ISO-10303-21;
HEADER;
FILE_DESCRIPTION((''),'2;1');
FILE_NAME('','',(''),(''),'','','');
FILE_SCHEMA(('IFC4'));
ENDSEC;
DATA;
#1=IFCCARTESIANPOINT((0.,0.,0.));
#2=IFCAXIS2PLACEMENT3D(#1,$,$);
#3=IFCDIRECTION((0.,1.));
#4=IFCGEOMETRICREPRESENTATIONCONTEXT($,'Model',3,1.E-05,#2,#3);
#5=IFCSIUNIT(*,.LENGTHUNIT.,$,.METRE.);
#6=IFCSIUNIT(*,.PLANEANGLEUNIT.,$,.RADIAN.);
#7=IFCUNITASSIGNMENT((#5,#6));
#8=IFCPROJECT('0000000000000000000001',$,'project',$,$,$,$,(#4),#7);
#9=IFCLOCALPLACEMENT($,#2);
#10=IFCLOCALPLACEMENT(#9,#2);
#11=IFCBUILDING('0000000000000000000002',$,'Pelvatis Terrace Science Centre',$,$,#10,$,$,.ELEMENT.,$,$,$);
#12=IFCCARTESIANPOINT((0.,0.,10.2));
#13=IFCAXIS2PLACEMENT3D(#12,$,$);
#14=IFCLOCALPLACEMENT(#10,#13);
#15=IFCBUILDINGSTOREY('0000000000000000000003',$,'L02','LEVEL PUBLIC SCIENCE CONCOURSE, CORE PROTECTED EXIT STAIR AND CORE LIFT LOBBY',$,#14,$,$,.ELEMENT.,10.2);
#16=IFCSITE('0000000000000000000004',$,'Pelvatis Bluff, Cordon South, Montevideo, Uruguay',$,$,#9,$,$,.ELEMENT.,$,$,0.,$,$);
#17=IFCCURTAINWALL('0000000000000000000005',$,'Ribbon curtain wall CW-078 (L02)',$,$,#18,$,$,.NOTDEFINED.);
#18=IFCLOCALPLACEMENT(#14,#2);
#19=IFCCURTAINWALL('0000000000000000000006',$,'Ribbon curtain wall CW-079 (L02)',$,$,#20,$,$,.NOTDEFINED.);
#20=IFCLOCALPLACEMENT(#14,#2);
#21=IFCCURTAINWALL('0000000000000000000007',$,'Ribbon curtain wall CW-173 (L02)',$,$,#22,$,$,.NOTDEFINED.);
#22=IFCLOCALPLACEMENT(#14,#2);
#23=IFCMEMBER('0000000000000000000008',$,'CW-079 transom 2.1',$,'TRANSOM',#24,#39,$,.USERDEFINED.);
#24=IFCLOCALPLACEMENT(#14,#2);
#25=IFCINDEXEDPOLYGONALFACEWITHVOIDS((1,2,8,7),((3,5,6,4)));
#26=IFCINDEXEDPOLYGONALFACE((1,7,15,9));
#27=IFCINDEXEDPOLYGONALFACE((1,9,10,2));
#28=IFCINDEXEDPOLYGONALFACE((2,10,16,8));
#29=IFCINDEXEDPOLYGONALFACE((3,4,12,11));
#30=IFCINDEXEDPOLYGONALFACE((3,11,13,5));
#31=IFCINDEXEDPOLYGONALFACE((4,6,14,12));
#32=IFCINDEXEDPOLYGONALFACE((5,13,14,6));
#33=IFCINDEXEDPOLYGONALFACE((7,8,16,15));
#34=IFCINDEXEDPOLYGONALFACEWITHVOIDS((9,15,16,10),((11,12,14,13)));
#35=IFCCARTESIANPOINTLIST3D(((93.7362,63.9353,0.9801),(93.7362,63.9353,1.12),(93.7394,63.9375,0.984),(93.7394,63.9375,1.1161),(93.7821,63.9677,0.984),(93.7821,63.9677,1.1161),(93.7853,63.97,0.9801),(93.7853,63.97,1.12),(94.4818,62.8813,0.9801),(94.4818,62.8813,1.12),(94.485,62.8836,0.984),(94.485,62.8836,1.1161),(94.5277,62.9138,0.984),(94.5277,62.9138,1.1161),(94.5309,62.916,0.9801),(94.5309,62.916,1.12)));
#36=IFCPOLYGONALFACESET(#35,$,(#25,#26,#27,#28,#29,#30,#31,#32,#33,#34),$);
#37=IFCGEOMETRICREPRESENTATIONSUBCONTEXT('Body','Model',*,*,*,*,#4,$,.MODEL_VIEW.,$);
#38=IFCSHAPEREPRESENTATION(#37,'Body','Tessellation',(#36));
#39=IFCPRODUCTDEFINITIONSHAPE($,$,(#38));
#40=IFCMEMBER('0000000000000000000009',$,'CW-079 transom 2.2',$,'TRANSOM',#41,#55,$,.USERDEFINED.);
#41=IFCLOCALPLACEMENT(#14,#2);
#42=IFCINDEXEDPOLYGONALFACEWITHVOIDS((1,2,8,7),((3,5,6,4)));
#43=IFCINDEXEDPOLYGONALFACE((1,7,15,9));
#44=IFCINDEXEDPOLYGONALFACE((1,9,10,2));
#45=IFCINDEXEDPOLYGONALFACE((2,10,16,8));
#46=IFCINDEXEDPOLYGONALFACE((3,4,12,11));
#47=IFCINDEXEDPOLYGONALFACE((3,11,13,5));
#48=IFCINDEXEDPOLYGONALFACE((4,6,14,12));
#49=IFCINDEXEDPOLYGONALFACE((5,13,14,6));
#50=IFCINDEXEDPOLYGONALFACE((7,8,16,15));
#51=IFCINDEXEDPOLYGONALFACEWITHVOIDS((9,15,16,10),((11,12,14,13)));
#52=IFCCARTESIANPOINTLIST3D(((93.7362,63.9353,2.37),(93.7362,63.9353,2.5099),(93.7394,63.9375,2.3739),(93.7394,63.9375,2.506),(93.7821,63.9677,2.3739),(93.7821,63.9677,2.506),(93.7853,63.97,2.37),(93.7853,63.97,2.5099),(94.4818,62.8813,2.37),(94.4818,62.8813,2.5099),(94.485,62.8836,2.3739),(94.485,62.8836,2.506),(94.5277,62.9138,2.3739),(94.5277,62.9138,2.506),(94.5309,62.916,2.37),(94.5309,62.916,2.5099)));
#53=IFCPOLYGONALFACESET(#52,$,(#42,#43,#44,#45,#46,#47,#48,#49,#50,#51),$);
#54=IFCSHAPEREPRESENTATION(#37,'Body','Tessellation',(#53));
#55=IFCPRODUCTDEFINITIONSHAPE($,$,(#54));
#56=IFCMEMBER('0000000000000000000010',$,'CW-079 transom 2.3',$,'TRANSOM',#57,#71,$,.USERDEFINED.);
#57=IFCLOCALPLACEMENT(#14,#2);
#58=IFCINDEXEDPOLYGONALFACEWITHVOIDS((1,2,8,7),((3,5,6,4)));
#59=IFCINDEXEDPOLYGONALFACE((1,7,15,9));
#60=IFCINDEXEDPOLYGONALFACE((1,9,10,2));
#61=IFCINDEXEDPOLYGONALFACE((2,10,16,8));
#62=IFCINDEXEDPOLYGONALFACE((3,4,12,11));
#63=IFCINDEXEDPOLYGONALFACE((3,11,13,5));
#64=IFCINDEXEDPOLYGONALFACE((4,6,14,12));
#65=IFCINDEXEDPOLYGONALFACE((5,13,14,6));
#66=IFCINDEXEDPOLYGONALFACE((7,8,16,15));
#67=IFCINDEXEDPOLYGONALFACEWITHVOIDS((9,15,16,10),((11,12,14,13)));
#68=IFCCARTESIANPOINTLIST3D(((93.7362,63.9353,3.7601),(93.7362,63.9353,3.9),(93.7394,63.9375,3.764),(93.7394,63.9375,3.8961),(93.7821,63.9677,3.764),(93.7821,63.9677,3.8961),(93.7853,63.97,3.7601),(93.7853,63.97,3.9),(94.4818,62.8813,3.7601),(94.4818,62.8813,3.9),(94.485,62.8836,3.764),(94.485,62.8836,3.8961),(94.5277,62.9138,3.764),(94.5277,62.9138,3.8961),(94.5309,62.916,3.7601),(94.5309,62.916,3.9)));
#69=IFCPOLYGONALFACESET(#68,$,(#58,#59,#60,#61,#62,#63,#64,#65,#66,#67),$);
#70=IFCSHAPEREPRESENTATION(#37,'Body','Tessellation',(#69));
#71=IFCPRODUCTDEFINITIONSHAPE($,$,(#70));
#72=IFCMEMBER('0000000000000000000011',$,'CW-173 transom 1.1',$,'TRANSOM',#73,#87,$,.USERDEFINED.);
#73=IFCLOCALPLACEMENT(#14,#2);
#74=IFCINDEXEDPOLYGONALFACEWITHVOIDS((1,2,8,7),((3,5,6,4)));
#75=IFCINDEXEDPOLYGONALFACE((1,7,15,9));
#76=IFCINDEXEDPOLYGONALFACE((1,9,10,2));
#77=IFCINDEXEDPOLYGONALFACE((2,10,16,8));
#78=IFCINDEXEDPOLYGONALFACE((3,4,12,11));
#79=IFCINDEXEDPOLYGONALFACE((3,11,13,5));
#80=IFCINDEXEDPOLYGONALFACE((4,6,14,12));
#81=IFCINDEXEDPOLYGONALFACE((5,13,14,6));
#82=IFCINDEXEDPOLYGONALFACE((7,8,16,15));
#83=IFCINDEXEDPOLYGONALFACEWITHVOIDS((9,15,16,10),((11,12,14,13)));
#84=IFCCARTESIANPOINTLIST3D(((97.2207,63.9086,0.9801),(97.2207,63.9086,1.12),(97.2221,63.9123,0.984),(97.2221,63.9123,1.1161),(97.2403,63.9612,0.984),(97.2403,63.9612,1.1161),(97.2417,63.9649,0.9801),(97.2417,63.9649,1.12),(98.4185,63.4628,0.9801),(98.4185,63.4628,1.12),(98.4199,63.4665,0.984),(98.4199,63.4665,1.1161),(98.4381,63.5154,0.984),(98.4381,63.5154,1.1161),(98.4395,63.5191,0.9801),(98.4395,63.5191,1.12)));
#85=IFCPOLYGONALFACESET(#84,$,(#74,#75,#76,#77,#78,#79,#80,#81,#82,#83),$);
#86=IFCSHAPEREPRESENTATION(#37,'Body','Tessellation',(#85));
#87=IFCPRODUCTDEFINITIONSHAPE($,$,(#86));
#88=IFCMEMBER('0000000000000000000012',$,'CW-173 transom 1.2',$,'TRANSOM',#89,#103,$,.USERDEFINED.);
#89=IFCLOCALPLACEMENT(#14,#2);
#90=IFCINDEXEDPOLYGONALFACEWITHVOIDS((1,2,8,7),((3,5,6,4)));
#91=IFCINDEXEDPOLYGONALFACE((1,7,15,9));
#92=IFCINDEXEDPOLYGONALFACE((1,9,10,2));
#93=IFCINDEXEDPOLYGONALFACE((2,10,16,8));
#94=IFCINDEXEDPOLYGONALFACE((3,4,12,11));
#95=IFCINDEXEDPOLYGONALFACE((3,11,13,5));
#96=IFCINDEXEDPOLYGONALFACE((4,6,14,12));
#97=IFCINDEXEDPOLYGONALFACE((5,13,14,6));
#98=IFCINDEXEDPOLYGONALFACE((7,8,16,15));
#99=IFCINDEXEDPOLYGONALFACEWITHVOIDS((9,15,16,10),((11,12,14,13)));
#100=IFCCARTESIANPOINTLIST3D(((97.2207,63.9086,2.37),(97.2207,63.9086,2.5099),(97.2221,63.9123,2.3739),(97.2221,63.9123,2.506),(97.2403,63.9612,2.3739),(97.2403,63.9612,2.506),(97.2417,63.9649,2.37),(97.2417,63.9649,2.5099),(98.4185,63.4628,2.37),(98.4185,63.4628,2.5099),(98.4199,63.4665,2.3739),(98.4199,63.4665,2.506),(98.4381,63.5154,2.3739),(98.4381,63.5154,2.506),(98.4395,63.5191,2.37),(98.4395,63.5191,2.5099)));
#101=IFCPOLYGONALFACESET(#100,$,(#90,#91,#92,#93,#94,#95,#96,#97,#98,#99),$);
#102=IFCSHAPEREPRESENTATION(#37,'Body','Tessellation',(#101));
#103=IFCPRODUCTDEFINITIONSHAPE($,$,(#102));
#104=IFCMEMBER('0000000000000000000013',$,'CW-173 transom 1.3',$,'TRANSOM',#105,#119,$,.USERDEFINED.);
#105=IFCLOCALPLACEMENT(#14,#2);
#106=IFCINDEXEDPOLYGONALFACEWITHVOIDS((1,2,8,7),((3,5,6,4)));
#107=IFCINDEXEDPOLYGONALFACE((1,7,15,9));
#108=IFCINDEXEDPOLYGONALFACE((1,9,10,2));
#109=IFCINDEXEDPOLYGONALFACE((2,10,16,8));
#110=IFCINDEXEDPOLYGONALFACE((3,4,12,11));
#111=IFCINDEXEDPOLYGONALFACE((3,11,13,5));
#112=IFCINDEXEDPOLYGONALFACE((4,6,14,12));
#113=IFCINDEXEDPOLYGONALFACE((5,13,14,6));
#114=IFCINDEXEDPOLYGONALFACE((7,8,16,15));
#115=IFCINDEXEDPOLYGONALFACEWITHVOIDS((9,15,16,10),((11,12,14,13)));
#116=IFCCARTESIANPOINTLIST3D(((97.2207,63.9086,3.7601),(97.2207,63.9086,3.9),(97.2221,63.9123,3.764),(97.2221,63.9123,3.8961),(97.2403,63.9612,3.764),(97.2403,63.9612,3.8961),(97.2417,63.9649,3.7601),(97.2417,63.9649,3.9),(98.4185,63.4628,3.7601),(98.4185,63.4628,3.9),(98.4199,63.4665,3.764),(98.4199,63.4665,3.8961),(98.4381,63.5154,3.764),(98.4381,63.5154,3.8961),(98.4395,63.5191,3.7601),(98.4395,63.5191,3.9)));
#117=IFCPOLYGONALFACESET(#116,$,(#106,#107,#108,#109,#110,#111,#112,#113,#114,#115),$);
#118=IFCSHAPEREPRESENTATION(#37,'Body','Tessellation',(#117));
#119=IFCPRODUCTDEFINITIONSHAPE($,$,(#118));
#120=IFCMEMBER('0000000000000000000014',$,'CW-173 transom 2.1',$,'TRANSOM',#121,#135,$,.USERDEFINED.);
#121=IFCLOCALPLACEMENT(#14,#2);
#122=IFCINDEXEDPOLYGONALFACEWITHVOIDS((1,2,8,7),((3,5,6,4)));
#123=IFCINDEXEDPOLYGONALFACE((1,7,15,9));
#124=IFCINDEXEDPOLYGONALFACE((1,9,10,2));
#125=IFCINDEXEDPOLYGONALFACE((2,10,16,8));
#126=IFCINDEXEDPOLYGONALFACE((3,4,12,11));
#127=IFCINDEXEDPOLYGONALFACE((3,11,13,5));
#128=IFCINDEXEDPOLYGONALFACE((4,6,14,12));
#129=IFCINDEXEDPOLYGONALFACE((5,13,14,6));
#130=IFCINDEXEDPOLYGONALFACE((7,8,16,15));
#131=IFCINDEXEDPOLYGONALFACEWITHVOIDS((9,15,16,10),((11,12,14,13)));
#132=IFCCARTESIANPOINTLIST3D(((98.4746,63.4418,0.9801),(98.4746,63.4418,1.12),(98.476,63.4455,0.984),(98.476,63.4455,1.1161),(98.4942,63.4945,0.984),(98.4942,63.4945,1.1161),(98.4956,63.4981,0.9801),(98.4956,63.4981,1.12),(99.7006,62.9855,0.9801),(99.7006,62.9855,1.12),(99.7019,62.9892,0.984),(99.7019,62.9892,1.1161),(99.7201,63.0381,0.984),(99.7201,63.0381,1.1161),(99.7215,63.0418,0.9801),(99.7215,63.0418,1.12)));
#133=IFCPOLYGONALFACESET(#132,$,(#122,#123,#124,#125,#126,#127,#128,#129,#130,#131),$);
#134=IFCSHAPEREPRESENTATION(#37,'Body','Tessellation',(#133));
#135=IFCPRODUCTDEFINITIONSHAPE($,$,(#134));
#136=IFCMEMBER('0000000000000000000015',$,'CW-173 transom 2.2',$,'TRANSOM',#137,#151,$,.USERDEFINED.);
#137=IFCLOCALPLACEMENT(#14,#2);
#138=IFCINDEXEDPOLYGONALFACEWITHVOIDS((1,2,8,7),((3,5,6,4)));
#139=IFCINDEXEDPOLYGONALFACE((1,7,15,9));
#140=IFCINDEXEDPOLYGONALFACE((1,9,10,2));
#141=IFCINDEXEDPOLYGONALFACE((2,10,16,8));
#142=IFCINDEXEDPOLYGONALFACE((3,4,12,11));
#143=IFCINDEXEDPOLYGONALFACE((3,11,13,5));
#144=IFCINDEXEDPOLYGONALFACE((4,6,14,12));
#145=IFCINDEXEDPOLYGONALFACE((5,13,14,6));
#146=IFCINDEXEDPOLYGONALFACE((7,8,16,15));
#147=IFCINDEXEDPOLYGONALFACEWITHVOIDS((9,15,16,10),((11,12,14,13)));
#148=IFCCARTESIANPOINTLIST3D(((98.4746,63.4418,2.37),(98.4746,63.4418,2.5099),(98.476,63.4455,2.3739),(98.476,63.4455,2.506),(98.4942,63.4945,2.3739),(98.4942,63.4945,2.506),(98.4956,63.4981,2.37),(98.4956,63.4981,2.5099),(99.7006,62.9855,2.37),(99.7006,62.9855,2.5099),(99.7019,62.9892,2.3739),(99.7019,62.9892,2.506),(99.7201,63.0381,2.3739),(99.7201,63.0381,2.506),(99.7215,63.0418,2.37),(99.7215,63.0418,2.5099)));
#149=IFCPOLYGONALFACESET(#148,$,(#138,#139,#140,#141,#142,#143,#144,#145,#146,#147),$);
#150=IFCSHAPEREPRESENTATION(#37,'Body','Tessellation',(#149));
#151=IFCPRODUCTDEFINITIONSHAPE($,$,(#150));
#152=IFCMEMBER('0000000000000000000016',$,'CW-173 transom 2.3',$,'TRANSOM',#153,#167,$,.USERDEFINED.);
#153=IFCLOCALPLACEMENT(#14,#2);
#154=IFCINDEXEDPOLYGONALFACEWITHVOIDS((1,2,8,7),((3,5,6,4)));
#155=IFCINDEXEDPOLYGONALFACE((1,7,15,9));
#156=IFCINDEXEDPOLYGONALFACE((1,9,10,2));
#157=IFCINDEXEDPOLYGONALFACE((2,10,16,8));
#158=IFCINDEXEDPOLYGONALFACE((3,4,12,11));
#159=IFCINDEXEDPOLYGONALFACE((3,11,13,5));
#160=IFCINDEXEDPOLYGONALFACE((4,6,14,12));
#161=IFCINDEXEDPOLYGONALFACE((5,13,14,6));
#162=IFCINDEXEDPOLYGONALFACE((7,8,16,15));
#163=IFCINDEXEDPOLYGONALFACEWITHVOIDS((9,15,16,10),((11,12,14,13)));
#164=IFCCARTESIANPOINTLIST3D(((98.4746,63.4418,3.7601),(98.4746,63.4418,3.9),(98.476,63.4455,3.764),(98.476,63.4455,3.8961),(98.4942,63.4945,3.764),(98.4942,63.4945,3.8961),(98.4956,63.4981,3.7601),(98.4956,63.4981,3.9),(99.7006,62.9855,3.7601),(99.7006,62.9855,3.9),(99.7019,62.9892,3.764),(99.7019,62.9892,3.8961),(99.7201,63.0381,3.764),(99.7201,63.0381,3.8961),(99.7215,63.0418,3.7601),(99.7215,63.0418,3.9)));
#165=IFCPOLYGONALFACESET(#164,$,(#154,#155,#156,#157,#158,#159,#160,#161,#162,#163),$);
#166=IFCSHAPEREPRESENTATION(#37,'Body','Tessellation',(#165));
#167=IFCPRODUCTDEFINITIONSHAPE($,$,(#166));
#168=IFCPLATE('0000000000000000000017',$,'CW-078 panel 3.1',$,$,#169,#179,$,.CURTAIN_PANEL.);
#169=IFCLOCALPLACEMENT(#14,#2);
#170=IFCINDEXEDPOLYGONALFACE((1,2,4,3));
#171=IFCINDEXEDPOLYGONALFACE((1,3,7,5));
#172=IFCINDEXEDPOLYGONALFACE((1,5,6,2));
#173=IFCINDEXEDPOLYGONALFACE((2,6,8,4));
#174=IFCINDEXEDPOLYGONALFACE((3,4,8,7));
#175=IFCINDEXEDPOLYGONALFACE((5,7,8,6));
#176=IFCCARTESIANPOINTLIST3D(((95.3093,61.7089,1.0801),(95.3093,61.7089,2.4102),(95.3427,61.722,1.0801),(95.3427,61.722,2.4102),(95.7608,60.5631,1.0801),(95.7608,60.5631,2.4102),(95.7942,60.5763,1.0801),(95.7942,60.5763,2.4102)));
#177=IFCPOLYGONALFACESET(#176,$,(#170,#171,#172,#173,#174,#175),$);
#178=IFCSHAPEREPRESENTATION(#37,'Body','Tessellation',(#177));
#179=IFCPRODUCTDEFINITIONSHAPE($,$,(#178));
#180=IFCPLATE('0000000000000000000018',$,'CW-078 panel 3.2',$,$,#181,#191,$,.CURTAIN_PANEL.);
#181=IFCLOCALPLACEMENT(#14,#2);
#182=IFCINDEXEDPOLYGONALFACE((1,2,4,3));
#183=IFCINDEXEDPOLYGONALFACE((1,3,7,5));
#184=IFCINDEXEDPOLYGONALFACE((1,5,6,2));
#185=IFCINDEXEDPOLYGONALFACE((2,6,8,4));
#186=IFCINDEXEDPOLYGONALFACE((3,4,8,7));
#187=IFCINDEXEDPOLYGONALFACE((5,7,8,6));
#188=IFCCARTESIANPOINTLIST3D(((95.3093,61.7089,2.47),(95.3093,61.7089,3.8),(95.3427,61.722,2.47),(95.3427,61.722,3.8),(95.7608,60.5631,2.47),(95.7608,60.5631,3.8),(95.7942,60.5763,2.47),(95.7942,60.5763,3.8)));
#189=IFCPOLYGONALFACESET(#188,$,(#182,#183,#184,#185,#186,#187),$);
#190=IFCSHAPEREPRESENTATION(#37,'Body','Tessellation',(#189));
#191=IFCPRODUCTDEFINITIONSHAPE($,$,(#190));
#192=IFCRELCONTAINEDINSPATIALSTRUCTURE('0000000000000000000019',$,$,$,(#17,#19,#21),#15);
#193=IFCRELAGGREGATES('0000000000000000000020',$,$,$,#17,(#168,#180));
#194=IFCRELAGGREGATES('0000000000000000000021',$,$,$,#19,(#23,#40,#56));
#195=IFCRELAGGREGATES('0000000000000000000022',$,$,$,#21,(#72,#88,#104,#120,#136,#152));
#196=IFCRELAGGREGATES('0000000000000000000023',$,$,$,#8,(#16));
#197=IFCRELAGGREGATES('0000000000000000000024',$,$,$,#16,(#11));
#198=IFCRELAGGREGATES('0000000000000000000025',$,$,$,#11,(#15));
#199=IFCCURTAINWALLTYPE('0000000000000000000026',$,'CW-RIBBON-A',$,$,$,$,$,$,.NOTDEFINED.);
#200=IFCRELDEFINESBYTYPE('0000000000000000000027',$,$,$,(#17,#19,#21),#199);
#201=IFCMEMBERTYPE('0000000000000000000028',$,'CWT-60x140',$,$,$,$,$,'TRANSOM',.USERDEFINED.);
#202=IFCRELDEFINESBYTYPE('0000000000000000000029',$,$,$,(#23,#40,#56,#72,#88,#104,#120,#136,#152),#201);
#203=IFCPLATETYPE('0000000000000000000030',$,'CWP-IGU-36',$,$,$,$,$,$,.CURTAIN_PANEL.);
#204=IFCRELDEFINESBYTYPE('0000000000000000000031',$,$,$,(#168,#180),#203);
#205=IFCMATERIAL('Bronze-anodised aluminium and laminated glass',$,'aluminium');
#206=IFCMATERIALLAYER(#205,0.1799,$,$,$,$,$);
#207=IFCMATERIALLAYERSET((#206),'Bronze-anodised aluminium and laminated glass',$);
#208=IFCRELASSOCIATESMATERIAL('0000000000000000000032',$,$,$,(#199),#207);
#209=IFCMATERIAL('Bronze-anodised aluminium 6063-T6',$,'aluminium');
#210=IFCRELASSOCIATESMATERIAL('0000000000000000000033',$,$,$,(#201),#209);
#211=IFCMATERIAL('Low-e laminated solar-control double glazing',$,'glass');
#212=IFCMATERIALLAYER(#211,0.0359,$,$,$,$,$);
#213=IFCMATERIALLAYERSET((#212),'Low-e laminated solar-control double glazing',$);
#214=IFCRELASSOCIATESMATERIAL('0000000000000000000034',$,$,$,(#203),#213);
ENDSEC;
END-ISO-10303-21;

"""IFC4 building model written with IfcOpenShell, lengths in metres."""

from ifc_helpers import new_model, si_unit, direction, frame, origin, origin_2d, place, context, subcontext, project, spatial, rectangle, hollow_rectangle, extrude, material, layer, layer_set, material_profile, profile_set, type_object, element, aggregate, save


model = new_model("IFC4")

# Units and contexts
model_context = context("Model", 3, precision=1e-05, world=origin(), true_north=direction((0.0, 1.0)))
body_context = subcontext(model_context, "Body", "Model", "MODEL_VIEW")
ifc_project = project(units=[si_unit("LENGTHUNIT", "METRE"), si_unit("PLANEANGLEUNIT", "RADIAN")], contexts=[model_context])

# Site, building, storey
site_placement = place(None, origin())
site = spatial("IfcSite", under=ifc_project, at=site_placement, Name="Pelvatis Bluff, Cordon South, Montevideo, Uruguay", CompositionType="ELEMENT", RefElevation=0.0)
building_placement = place(site_placement, origin())
building = spatial("IfcBuilding", under=site, at=building_placement, Name="Pelvatis Terrace Science Centre", CompositionType="ELEMENT")
storey_placement = place(building_placement, frame((0.0, 0.0, 10.2)))
storey = spatial("IfcBuildingStorey", under=building, at=storey_placement, Name="L02", Description="LEVEL PUBLIC SCIENCE CONCOURSE, CORE PROTECTED EXIT STAIR AND CORE LIFT LOBBY", CompositionType="ELEMENT", Elevation=10.2)

# Curtain wall
ifc_material_1 = material(Name="Bronze-anodised aluminium and laminated glass", Category="aluminium")
ifc_layer_1 = layer(ifc_material_1, 0.1799)
ifc_layer_set_1 = layer_set([ifc_layer_1], Name="Bronze-anodised aluminium and laminated glass")
curtain_wall_type = type_object("IfcCurtainWallType", Name="CW-RIBBON-A", PredefinedType="NOTDEFINED", material=ifc_layer_set_1)
curtain_wall_1_placement = place(storey_placement, origin())
curtain_wall_1 = element("IfcCurtainWall", 1, at=curtain_wall_1_placement, inside=storey, type_object=curtain_wall_type, Name="Ribbon curtain wall CW-078 (L02)", PredefinedType="NOTDEFINED")

# Curtain walls
curtain_wall_2_placement = place(storey_placement, origin())
curtain_wall_2 = element("IfcCurtainWall", 2, at=curtain_wall_2_placement, inside=storey, type_object=curtain_wall_type, Name="Ribbon curtain wall CW-079 (L02)", PredefinedType="NOTDEFINED")
curtain_wall_3_placement = place(storey_placement, origin())
curtain_wall_3 = element("IfcCurtainWall", 3, at=curtain_wall_3_placement, inside=storey, type_object=curtain_wall_type, Name="Ribbon curtain wall CW-173 (L02)", PredefinedType="NOTDEFINED")

# Members
ifc_material_2 = material(Name="Bronze-anodised aluminium 6063-T6", Category="aluminium")
ifc_material_profile_1 = material_profile(ifc_material_2, hollow_rectangle(XDim=0.0601, YDim=0.1399, WallThickness=0.0039, at=origin_2d()), Name="ALU-TRN 60x140")
ifc_profile_set_1 = profile_set([ifc_material_profile_1], Name="Bronze-anodised aluminium 6063-T6")
member_type_1 = type_object("IfcMemberType", Name="CWT-60x140", ElementType="TRANSOM", PredefinedType="USERDEFINED", material=ifc_profile_set_1)
member_1_placement = place(storey_placement, frame((94.5063, 62.8987, 1.05), z_axis=(-0.577529, 0.81637, 0.0), x_axis=(-0.81637, -0.577529, 0.0)))
member_1 = element("IfcMember", 4, at=member_1_placement, type_object=member_type_1, Name="CW-079 transom 2.1", ObjectType="TRANSOM", PredefinedType="USERDEFINED", context=body_context, shape_type="SweptSolid", body=[
    extrude(hollow_rectangle(XDim=0.0601, YDim=0.1399, WallThickness=0.0039, at=origin_2d()), origin(), (0.0, 0.0, 1.0), 1.291),
])
member_2_placement = place(storey_placement, frame((94.5063, 62.8987, 2.4399), z_axis=(-0.577529, 0.81637, 0.0), x_axis=(-0.81637, -0.577529, 0.0)))
member_2 = element("IfcMember", 5, at=member_2_placement, type_object=member_type_1, Name="CW-079 transom 2.2", ObjectType="TRANSOM", PredefinedType="USERDEFINED", context=body_context, shape_type="SweptSolid", body=[
    extrude(hollow_rectangle(XDim=0.0601, YDim=0.1399, WallThickness=0.0039, at=origin_2d()), origin(), (0.0, 0.0, 1.0), 1.291),
])
member_3_placement = place(storey_placement, frame((94.5063, 62.8987, 3.8301), z_axis=(-0.577529, 0.81637, 0.0), x_axis=(-0.81637, -0.577529, 0.0)))
member_3 = element("IfcMember", 6, at=member_3_placement, type_object=member_type_1, Name="CW-079 transom 2.3", ObjectType="TRANSOM", PredefinedType="USERDEFINED", context=body_context, shape_type="SweptSolid", body=[
    extrude(hollow_rectangle(XDim=0.0601, YDim=0.1399, WallThickness=0.0039, at=origin_2d()), origin(), (0.0, 0.0, 1.0), 1.291),
])
member_4_placement = place(storey_placement, frame((97.2312, 63.9368, 1.05), z_axis=(0.93719, -0.34882, 0.0), x_axis=(0.34882, 0.93719, 0.0)))
member_4 = element("IfcMember", 7, at=member_4_placement, type_object=member_type_1, Name="CW-173 transom 1.1", ObjectType="TRANSOM", PredefinedType="USERDEFINED", context=body_context, shape_type="SweptSolid", body=[
    extrude(hollow_rectangle(XDim=0.0601, YDim=0.1399, WallThickness=0.0039, at=origin_2d()), origin(), (0.0, 0.0, 1.0), 1.2781),
])
member_5_placement = place(storey_placement, frame((97.2312, 63.9368, 2.4399), z_axis=(0.93719, -0.34882, 0.0), x_axis=(0.34882, 0.93719, 0.0)))
member_5 = element("IfcMember", 8, at=member_5_placement, type_object=member_type_1, Name="CW-173 transom 1.2", ObjectType="TRANSOM", PredefinedType="USERDEFINED", context=body_context, shape_type="SweptSolid", body=[
    extrude(hollow_rectangle(XDim=0.0601, YDim=0.1399, WallThickness=0.0039, at=origin_2d()), origin(), (0.0, 0.0, 1.0), 1.2781),
])
member_6_placement = place(storey_placement, frame((97.2312, 63.9368, 3.8301), z_axis=(0.93719, -0.34882, 0.0), x_axis=(0.34882, 0.93719, 0.0)))
member_6 = element("IfcMember", 9, at=member_6_placement, type_object=member_type_1, Name="CW-173 transom 1.3", ObjectType="TRANSOM", PredefinedType="USERDEFINED", context=body_context, shape_type="SweptSolid", body=[
    extrude(hollow_rectangle(XDim=0.0601, YDim=0.1399, WallThickness=0.0039, at=origin_2d()), origin(), (0.0, 0.0, 1.0), 1.2781),
])
member_7_placement = place(storey_placement, frame((98.4851, 63.47, 1.05), z_axis=(0.937178, -0.348852, 0.0), x_axis=(0.348852, 0.937178, 0.0)))
member_7 = element("IfcMember", 10, at=member_7_placement, type_object=member_type_1, Name="CW-173 transom 2.1", ObjectType="TRANSOM", PredefinedType="USERDEFINED", context=body_context, shape_type="SweptSolid", body=[
    extrude(hollow_rectangle(XDim=0.0601, YDim=0.1399, WallThickness=0.0039, at=origin_2d()), origin(), (0.0, 0.0, 1.0), 1.3081),
])
member_8_placement = place(storey_placement, frame((98.4851, 63.47, 2.4399), z_axis=(0.937178, -0.348852, 0.0), x_axis=(0.348852, 0.937178, 0.0)))
member_8 = element("IfcMember", 11, at=member_8_placement, type_object=member_type_1, Name="CW-173 transom 2.2", ObjectType="TRANSOM", PredefinedType="USERDEFINED", context=body_context, shape_type="SweptSolid", body=[
    extrude(hollow_rectangle(XDim=0.0601, YDim=0.1399, WallThickness=0.0039, at=origin_2d()), origin(), (0.0, 0.0, 1.0), 1.3081),
])
member_9_placement = place(storey_placement, frame((98.4851, 63.47, 3.8301), z_axis=(0.937178, -0.348852, 0.0), x_axis=(0.348852, 0.937178, 0.0)))
member_9 = element("IfcMember", 12, at=member_9_placement, type_object=member_type_1, Name="CW-173 transom 2.3", ObjectType="TRANSOM", PredefinedType="USERDEFINED", context=body_context, shape_type="SweptSolid", body=[
    extrude(hollow_rectangle(XDim=0.0601, YDim=0.1399, WallThickness=0.0039, at=origin_2d()), origin(), (0.0, 0.0, 1.0), 1.3081),
])

# Plates
ifc_material_3 = material(Name="Low-e laminated solar-control double glazing", Category="glass")
ifc_layer_2 = layer(ifc_material_3, 0.0359)
ifc_layer_set_2 = layer_set([ifc_layer_2], Name="Low-e laminated solar-control double glazing")
plate_type = type_object("IfcPlateType", Name="CWP-IGU-36", PredefinedType="CURTAIN_PANEL", material=ifc_layer_set_2)
plate_1_placement = place(storey_placement, frame((95.5518, 61.1426, 1.0801), z_axis=(0.0, 0.0, 1.0), x_axis=(-0.366597, 0.93038, 0.0)))
plate_1 = element("IfcPlate", 13, at=plate_1_placement, type_object=plate_type, Name="CW-078 panel 3.1", PredefinedType="CURTAIN_PANEL", context=body_context, shape_type="SweptSolid", body=[
    extrude(rectangle(XDim=1.2314, YDim=0.0359, at=origin_2d()), origin(), (0.0, 0.0, 1.0), 1.3301),
])
plate_2_placement = place(storey_placement, frame((95.5518, 61.1426, 2.47), z_axis=(0.0, 0.0, 1.0), x_axis=(-0.366597, 0.93038, 0.0)))
plate_2 = element("IfcPlate", 14, at=plate_2_placement, type_object=plate_type, Name="CW-078 panel 3.2", PredefinedType="CURTAIN_PANEL", context=body_context, shape_type="SweptSolid", body=[
    extrude(rectangle(XDim=1.2314, YDim=0.0359, at=origin_2d()), origin(), (0.0, 0.0, 1.0), 1.3301),
])
aggregate(curtain_wall_1, [plate_1, plate_2])
aggregate(curtain_wall_2, [member_1, member_2, member_3])
aggregate(curtain_wall_3, [member_4, member_5, member_6, member_7, member_8, member_9])

save(model, "model.ifc")
